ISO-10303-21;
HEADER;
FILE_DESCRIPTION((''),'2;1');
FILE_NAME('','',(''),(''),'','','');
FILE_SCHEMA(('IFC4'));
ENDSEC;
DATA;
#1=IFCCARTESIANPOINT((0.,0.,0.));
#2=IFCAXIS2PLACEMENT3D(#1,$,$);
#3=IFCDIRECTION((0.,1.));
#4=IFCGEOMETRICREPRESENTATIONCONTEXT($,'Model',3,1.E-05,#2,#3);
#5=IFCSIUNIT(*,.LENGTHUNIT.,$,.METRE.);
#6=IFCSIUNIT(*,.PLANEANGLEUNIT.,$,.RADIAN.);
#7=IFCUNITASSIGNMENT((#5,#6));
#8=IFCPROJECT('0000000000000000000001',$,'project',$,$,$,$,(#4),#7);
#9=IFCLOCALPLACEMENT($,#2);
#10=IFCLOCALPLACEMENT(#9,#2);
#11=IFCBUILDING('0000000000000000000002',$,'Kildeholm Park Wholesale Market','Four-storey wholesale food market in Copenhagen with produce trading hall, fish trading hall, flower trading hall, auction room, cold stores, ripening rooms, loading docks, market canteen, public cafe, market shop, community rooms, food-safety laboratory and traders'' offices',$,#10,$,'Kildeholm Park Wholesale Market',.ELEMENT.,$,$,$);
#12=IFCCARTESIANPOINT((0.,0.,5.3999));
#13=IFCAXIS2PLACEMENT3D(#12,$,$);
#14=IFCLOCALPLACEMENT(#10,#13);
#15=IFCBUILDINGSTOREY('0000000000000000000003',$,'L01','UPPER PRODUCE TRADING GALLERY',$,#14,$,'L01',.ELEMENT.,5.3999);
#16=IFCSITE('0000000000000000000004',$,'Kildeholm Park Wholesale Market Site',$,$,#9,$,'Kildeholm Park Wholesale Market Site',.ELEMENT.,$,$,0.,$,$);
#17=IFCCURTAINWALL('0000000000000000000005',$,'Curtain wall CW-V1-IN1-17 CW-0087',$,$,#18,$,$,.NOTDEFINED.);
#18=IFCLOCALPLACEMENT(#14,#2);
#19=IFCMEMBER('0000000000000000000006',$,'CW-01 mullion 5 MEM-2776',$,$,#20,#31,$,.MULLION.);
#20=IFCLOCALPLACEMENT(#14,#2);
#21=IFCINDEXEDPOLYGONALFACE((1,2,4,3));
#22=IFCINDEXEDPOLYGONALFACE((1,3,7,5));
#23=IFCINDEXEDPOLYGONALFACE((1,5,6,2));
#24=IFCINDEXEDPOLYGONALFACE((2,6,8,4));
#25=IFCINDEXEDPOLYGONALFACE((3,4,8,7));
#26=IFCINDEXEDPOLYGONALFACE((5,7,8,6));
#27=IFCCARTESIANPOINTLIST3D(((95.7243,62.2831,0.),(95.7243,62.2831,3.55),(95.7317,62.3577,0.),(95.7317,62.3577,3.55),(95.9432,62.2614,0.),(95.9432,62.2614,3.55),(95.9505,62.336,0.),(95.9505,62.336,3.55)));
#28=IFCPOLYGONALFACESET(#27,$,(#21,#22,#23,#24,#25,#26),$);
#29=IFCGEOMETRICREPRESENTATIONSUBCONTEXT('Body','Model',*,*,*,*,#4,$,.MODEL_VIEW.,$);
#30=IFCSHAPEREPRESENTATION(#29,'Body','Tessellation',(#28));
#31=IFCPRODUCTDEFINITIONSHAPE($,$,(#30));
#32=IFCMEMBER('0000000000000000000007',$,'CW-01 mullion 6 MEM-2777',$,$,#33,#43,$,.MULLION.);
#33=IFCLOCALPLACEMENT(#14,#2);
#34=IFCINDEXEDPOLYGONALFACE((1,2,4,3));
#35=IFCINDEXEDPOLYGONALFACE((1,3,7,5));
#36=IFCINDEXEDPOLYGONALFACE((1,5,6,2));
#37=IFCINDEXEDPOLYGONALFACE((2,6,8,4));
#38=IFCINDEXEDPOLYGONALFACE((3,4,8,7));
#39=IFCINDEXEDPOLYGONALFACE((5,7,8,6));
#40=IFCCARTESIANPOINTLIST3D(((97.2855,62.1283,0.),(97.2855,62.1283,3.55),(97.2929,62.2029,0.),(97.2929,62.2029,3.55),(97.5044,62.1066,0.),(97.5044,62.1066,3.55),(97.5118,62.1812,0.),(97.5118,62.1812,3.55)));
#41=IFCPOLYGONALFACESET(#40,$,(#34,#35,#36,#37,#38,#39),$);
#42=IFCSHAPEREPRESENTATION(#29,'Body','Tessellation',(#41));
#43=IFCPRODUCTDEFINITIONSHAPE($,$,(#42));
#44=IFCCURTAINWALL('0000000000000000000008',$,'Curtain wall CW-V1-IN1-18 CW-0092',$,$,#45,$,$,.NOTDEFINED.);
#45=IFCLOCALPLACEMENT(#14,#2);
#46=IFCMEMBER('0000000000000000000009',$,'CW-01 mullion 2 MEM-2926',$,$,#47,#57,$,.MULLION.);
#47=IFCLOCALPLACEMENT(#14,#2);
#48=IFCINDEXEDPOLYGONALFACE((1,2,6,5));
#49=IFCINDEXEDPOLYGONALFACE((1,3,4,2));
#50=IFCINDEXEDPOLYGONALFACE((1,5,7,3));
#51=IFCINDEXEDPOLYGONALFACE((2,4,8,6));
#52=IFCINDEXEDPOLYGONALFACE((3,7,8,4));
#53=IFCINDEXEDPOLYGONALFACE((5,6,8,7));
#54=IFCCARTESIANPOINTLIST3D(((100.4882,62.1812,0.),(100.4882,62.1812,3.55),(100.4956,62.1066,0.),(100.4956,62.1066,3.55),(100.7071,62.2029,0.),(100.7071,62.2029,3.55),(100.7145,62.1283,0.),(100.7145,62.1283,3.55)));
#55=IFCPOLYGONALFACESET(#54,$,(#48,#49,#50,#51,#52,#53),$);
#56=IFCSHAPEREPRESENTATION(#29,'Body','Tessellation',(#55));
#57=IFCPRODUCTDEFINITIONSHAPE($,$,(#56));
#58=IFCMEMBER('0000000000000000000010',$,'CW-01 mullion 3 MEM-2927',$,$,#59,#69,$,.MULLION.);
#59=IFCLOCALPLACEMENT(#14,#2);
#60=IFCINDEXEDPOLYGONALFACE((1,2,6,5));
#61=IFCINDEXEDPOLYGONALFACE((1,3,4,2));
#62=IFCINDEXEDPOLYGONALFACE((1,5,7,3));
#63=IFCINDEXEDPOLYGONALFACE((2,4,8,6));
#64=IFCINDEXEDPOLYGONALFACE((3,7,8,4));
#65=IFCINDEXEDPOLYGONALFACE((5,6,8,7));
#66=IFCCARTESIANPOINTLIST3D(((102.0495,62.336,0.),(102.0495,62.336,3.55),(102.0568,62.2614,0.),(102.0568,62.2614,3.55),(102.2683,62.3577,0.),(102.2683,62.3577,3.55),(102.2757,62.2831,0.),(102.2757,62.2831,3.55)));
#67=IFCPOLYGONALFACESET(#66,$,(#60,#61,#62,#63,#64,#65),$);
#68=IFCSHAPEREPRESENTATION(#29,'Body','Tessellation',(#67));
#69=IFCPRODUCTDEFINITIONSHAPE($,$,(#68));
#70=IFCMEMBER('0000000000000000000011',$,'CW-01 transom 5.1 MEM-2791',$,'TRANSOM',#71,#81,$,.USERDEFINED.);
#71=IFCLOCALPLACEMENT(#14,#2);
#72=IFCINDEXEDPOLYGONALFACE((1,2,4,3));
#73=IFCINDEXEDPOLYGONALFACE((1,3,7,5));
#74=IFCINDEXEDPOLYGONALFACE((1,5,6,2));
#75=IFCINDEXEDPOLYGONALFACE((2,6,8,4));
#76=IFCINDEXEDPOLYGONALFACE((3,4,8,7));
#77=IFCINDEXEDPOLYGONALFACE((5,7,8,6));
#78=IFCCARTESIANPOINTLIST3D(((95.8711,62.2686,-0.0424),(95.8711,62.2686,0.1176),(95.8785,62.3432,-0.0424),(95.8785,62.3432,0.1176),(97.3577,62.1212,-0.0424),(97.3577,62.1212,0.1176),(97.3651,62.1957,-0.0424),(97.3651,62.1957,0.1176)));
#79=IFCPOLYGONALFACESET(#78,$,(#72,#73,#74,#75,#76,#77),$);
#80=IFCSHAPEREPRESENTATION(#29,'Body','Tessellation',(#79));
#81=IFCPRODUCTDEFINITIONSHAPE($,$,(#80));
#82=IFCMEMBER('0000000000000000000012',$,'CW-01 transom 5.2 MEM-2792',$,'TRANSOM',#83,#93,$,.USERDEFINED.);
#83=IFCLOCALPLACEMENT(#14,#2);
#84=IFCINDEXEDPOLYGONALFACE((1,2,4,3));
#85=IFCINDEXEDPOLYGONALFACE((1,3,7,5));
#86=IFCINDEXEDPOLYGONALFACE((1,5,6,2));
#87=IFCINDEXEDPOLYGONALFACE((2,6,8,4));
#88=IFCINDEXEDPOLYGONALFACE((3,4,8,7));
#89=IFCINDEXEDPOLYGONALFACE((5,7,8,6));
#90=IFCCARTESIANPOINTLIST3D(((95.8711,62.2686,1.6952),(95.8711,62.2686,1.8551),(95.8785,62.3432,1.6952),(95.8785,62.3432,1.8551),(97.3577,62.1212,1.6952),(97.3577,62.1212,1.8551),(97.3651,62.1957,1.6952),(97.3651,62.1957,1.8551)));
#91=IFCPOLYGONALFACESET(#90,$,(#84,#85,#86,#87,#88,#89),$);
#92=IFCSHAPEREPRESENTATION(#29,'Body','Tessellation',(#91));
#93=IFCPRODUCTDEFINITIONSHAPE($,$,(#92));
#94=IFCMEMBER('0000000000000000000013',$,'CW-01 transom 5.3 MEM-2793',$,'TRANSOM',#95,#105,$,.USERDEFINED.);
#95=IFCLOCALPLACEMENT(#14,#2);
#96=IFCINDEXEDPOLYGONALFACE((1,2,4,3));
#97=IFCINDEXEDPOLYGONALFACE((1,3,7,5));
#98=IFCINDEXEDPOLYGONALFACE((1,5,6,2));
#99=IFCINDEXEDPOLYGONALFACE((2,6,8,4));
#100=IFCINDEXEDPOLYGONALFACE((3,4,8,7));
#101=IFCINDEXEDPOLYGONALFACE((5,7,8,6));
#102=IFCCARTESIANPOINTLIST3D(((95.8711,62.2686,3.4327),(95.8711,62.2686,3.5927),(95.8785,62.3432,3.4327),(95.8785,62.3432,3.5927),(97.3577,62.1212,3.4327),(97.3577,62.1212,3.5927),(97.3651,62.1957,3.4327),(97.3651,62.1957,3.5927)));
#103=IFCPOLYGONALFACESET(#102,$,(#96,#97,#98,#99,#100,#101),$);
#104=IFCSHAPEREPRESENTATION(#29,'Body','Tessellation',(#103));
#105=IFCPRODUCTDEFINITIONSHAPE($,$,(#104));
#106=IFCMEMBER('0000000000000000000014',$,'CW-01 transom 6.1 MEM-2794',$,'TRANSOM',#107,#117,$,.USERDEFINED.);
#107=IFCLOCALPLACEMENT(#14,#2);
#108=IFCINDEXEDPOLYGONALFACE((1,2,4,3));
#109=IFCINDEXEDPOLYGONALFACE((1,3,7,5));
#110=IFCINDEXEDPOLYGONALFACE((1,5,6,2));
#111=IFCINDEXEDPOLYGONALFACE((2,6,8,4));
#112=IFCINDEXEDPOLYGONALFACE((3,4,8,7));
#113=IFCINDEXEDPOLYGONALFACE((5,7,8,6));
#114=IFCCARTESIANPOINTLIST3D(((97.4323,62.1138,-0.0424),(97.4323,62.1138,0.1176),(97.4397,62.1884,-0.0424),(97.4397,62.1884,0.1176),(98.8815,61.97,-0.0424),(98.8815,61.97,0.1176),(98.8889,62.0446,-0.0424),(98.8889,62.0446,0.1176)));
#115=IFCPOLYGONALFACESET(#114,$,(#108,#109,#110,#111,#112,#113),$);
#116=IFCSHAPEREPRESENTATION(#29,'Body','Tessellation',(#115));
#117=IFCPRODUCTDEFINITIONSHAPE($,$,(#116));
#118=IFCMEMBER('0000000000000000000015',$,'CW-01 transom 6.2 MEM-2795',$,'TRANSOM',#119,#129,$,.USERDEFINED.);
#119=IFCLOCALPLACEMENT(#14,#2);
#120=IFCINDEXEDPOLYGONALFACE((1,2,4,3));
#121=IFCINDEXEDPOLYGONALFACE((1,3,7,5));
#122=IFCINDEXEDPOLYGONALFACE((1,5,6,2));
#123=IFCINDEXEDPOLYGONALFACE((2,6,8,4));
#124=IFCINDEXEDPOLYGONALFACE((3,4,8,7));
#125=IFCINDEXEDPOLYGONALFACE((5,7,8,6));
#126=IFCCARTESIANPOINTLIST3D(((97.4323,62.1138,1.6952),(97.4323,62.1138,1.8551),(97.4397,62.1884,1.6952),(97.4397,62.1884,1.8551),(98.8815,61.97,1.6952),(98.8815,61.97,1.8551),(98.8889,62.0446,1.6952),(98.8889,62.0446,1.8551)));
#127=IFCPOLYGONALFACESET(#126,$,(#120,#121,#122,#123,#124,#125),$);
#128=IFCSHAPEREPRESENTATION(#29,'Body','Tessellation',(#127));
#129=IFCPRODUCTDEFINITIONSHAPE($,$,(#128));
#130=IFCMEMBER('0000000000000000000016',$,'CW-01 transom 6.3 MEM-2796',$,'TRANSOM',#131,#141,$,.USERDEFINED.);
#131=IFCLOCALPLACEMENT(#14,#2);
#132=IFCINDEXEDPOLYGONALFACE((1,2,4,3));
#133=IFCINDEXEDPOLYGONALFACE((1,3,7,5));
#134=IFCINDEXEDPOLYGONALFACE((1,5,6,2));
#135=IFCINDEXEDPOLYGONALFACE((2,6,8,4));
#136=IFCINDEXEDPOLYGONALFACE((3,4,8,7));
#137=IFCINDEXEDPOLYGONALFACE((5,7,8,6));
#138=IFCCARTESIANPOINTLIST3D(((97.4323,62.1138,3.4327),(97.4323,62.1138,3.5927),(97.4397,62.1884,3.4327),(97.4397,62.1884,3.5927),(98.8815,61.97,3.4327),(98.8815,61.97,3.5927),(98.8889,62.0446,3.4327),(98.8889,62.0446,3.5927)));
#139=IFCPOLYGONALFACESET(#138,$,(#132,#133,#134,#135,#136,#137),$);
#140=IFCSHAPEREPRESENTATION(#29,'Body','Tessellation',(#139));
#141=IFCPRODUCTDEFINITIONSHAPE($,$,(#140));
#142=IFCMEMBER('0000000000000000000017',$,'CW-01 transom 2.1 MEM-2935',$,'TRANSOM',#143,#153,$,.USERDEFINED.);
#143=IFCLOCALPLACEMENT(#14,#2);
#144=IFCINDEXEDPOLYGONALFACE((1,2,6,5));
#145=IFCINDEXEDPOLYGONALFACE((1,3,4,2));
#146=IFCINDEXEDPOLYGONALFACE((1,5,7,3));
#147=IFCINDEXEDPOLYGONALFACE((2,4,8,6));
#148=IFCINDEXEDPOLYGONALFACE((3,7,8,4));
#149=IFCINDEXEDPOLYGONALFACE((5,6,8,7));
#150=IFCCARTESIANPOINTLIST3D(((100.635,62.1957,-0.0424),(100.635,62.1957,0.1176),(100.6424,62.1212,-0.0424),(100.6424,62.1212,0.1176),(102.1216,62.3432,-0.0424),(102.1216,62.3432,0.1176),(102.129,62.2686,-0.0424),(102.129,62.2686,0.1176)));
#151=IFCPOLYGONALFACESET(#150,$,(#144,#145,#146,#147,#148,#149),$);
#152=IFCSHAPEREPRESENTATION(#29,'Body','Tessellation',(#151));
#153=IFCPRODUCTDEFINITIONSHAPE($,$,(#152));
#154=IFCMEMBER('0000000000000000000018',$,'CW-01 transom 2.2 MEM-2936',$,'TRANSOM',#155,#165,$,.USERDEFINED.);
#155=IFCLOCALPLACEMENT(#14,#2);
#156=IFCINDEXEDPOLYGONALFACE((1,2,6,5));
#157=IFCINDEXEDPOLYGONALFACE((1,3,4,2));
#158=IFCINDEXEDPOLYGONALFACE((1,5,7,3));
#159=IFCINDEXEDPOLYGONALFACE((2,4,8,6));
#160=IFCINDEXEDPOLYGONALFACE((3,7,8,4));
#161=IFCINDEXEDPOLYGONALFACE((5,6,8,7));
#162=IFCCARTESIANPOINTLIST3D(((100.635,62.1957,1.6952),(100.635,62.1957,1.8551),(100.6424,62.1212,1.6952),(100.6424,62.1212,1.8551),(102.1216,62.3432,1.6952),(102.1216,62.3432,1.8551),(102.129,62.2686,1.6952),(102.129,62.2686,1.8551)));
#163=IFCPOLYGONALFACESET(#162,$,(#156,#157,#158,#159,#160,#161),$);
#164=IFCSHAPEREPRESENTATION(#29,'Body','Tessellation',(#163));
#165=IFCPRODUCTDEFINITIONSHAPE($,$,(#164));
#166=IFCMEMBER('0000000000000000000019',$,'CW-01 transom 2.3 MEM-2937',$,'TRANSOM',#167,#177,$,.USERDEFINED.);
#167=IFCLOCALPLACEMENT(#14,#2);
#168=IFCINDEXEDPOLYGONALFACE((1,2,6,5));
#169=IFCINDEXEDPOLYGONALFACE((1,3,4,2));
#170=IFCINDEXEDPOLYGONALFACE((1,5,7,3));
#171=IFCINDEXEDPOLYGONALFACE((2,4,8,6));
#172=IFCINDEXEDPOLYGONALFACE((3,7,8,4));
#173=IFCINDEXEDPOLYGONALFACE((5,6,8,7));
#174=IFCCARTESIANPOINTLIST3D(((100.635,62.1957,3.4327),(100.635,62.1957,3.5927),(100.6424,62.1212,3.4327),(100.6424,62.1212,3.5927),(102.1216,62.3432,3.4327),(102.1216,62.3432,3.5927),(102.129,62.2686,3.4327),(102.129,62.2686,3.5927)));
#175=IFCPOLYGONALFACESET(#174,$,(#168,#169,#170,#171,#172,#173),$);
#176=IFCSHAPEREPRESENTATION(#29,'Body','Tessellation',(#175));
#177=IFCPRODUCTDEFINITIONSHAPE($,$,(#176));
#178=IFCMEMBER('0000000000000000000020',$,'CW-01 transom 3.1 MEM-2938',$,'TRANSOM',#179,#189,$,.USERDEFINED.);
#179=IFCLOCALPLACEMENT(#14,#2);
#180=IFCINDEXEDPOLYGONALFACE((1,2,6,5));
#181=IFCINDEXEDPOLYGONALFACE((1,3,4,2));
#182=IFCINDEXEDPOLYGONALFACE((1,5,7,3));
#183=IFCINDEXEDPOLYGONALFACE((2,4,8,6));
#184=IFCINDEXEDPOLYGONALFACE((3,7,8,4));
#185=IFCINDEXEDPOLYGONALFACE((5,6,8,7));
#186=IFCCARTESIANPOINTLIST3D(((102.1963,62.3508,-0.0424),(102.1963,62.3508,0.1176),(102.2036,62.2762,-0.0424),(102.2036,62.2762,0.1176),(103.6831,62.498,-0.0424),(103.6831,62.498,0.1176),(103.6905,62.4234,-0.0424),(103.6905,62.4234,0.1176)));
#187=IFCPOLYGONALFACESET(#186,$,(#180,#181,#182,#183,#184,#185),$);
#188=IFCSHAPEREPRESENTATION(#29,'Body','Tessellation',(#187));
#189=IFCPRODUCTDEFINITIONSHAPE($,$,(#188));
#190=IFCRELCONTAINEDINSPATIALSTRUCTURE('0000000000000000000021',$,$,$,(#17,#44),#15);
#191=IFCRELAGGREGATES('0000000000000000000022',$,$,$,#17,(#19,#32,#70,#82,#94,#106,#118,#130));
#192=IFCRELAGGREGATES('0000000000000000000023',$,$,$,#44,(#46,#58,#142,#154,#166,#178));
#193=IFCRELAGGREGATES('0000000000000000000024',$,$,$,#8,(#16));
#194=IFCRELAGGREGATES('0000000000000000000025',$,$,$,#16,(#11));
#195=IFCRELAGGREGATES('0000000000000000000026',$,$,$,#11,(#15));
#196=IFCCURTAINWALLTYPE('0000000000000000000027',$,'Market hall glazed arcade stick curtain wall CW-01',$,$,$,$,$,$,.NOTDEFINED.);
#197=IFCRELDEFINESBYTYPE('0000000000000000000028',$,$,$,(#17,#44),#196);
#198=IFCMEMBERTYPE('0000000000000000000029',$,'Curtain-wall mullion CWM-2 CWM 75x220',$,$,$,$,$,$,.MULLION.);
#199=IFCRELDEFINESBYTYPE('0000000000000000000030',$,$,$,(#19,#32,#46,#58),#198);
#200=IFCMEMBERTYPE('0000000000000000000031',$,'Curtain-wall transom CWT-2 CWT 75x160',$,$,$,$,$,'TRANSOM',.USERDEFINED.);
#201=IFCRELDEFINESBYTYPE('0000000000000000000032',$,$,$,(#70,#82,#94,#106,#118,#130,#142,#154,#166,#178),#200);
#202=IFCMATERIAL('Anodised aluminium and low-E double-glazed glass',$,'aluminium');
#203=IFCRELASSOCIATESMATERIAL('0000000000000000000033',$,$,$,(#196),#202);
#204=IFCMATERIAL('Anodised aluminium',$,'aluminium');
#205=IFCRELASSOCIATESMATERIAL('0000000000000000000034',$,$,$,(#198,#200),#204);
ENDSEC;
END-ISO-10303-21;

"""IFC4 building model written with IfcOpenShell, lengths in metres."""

from ifc_helpers import new_model, si_unit, direction, frame, origin, origin_2d, place, context, subcontext, project, spatial, rectangle, extrude, material, material_profile, profile_set, type_object, element, aggregate, save


model = new_model("IFC4")

# Units and contexts
model_context = context("Model", 3, precision=1e-05, world=origin(), true_north=direction((0.0, 1.0)))
body_context = subcontext(model_context, "Body", "Model", "MODEL_VIEW")
ifc_project = project(units=[si_unit("LENGTHUNIT", "METRE"), si_unit("PLANEANGLEUNIT", "RADIAN")], contexts=[model_context])

# Site, building, storey
site_placement = place(None, origin())
site = spatial("IfcSite", under=ifc_project, at=site_placement, Name="Kildeholm Park Wholesale Market Site", LongName="Kildeholm Park Wholesale Market Site", CompositionType="ELEMENT", RefElevation=0.0)
building_placement = place(site_placement, origin())
building = spatial("IfcBuilding", under=site, at=building_placement, Name="Kildeholm Park Wholesale Market", Description="Four-storey wholesale food market in Copenhagen with produce trading hall, fish trading hall, flower trading hall, auction room, cold stores, ripening rooms, loading docks, market canteen, public cafe, market shop, community rooms, food-safety laboratory and traders' offices", LongName="Kildeholm Park Wholesale Market", CompositionType="ELEMENT")
storey_placement = place(building_placement, frame((0.0, 0.0, 5.3999)))
storey = spatial("IfcBuildingStorey", under=building, at=storey_placement, Name="L01", Description="UPPER PRODUCE TRADING GALLERY", LongName="L01", CompositionType="ELEMENT", Elevation=5.3999)

# Curtain walls, members
ifc_material_1 = material(Name="Anodised aluminium and low-E double-glazed glass", Category="aluminium")
curtain_wall_type = type_object("IfcCurtainWallType", Name="Market hall glazed arcade stick curtain wall CW-01", PredefinedType="NOTDEFINED", material=ifc_material_1)
curtain_wall_1_placement = place(storey_placement, origin())
curtain_wall_1 = element("IfcCurtainWall", 1, at=curtain_wall_1_placement, inside=storey, type_object=curtain_wall_type, Name="Curtain wall CW-V1-IN1-17 CW-0087", PredefinedType="NOTDEFINED")
ifc_material_2 = material(Name="Anodised aluminium", Category="aluminium")
ifc_material_profile_1 = material_profile(ifc_material_2, rectangle(XDim=0.075, YDim=0.22, at=origin_2d()), Name="CWM 75x220")
ifc_profile_set_1 = profile_set([ifc_material_profile_1], Name="Anodised aluminium")
member_type_1 = type_object("IfcMemberType", Name="Curtain-wall mullion CWM-2 CWM 75x220", PredefinedType="MULLION", material=ifc_profile_set_1)
member_1_placement = place(storey_placement, frame((95.8374, 62.3096, 0.0), z_axis=(0.0, 0.0, 1.0), x_axis=(0.098683, 0.995119, 0.0)))
member_1 = element("IfcMember", 2, at=member_1_placement, type_object=member_type_1, Name="CW-01 mullion 5 MEM-2776", PredefinedType="MULLION", context=body_context, shape_type="SweptSolid", body=[
    extrude(rectangle(XDim=0.075, YDim=0.22, at=origin_2d()), origin(), (0.0, 0.0, 1.0), 3.55),
])
member_2_placement = place(storey_placement, frame((97.3987, 62.1548, 0.0), z_axis=(0.0, 0.0, 1.0), x_axis=(0.098683, 0.995119, 0.0)))
member_2 = element("IfcMember", 3, at=member_2_placement, type_object=member_type_1, Name="CW-01 mullion 6 MEM-2777", PredefinedType="MULLION", context=body_context, shape_type="SweptSolid", body=[
    extrude(rectangle(XDim=0.075, YDim=0.22, at=origin_2d()), origin(), (0.0, 0.0, 1.0), 3.55),
])
curtain_wall_2_placement = place(storey_placement, origin())
curtain_wall_2 = element("IfcCurtainWall", 4, at=curtain_wall_2_placement, inside=storey, type_object=curtain_wall_type, Name="Curtain wall CW-V1-IN1-18 CW-0092", PredefinedType="NOTDEFINED")
member_3_placement = place(storey_placement, frame((100.6013, 62.1548, 0.0), z_axis=(0.0, 0.0, 1.0), x_axis=(-0.098683, 0.995119, 0.0)))
member_3 = element("IfcMember", 5, at=member_3_placement, type_object=member_type_1, Name="CW-01 mullion 2 MEM-2926", PredefinedType="MULLION", context=body_context, shape_type="SweptSolid", body=[
    extrude(rectangle(XDim=0.075, YDim=0.22, at=origin_2d()), origin(), (0.0, 0.0, 1.0), 3.55),
])
member_4_placement = place(storey_placement, frame((102.1626, 62.3096, 0.0), z_axis=(0.0, 0.0, 1.0), x_axis=(-0.098683, 0.995119, 0.0)))
member_4 = element("IfcMember", 6, at=member_4_placement, type_object=member_type_1, Name="CW-01 mullion 3 MEM-2927", PredefinedType="MULLION", context=body_context, shape_type="SweptSolid", body=[
    extrude(rectangle(XDim=0.075, YDim=0.22, at=origin_2d()), origin(), (0.0, 0.0, 1.0), 3.55),
])

# Members
ifc_material_profile_2 = material_profile(ifc_material_2, rectangle(XDim=0.075, YDim=0.1599, at=origin_2d()), Name="CWT 75x160")
ifc_profile_set_2 = profile_set([ifc_material_profile_2], Name="Anodised aluminium")
member_type_2 = type_object("IfcMemberType", Name="Curtain-wall transom CWT-2 CWT 75x160", ElementType="TRANSOM", PredefinedType="USERDEFINED", material=ifc_profile_set_2)
member_5_placement = place(storey_placement, frame((95.8748, 62.3059, 0.0376), z_axis=(0.995116, -0.098711, 0.0), x_axis=(0.098711, 0.995116, 0.0)))
member_5 = element("IfcMember", 7, at=member_5_placement, type_object=member_type_2, Name="CW-01 transom 5.1 MEM-2791", ObjectType="TRANSOM", PredefinedType="USERDEFINED", context=body_context, shape_type="SweptSolid", body=[
    extrude(rectangle(XDim=0.075, YDim=0.1599, at=origin_2d()), origin(), (0.0, 0.0, 1.0), 1.4939),
])
member_6_placement = place(storey_placement, frame((95.8748, 62.3059, 1.7751), z_axis=(0.995116, -0.098711, 0.0), x_axis=(0.098711, 0.995116, 0.0)))
member_6 = element("IfcMember", 8, at=member_6_placement, type_object=member_type_2, Name="CW-01 transom 5.2 MEM-2792", ObjectType="TRANSOM", PredefinedType="USERDEFINED", context=body_context, shape_type="SweptSolid", body=[
    extrude(rectangle(XDim=0.075, YDim=0.1599, at=origin_2d()), origin(), (0.0, 0.0, 1.0), 1.4939),
])
member_7_placement = place(storey_placement, frame((95.8748, 62.3059, 3.5127), z_axis=(0.995116, -0.098711, 0.0), x_axis=(0.098711, 0.995116, 0.0)))
member_7 = element("IfcMember", 9, at=member_7_placement, type_object=member_type_2, Name="CW-01 transom 5.3 MEM-2793", ObjectType="TRANSOM", PredefinedType="USERDEFINED", context=body_context, shape_type="SweptSolid", body=[
    extrude(rectangle(XDim=0.075, YDim=0.1599, at=origin_2d()), origin(), (0.0, 0.0, 1.0), 1.4939),
])
member_8_placement = place(storey_placement, frame((97.436, 62.1511, 0.0376), z_axis=(0.995113, -0.09874, 0.0), x_axis=(0.09874, 0.995113, 0.0)))
member_8 = element("IfcMember", 10, at=member_8_placement, type_object=member_type_2, Name="CW-01 transom 6.1 MEM-2794", ObjectType="TRANSOM", PredefinedType="USERDEFINED", context=body_context, shape_type="SweptSolid", body=[
    extrude(rectangle(XDim=0.075, YDim=0.1599, at=origin_2d()), origin(), (0.0, 0.0, 1.0), 1.4563),
])
member_9_placement = place(storey_placement, frame((97.436, 62.1511, 1.7751), z_axis=(0.995113, -0.09874, 0.0), x_axis=(0.09874, 0.995113, 0.0)))
member_9 = element("IfcMember", 11, at=member_9_placement, type_object=member_type_2, Name="CW-01 transom 6.2 MEM-2795", ObjectType="TRANSOM", PredefinedType="USERDEFINED", context=body_context, shape_type="SweptSolid", body=[
    extrude(rectangle(XDim=0.075, YDim=0.1599, at=origin_2d()), origin(), (0.0, 0.0, 1.0), 1.4563),
])
member_10_placement = place(storey_placement, frame((97.436, 62.1511, 3.5127), z_axis=(0.995113, -0.09874, 0.0), x_axis=(0.09874, 0.995113, 0.0)))
member_10 = element("IfcMember", 12, at=member_10_placement, type_object=member_type_2, Name="CW-01 transom 6.3 MEM-2796", ObjectType="TRANSOM", PredefinedType="USERDEFINED", context=body_context, shape_type="SweptSolid", body=[
    extrude(rectangle(XDim=0.075, YDim=0.1599, at=origin_2d()), origin(), (0.0, 0.0, 1.0), 1.4563),
])
member_11_placement = place(storey_placement, frame((100.6387, 62.1584, 0.0376), z_axis=(0.995116, 0.098711, 0.0), x_axis=(-0.098711, 0.995116, 0.0)))
member_11 = element("IfcMember", 13, at=member_11_placement, type_object=member_type_2, Name="CW-01 transom 2.1 MEM-2935", ObjectType="TRANSOM", PredefinedType="USERDEFINED", context=body_context, shape_type="SweptSolid", body=[
    extrude(rectangle(XDim=0.075, YDim=0.1599, at=origin_2d()), origin(), (0.0, 0.0, 1.0), 1.4939),
])
member_12_placement = place(storey_placement, frame((100.6387, 62.1584, 1.7751), z_axis=(0.995116, 0.098711, 0.0), x_axis=(-0.098711, 0.995116, 0.0)))
member_12 = element("IfcMember", 14, at=member_12_placement, type_object=member_type_2, Name="CW-01 transom 2.2 MEM-2936", ObjectType="TRANSOM", PredefinedType="USERDEFINED", context=body_context, shape_type="SweptSolid", body=[
    extrude(rectangle(XDim=0.075, YDim=0.1599, at=origin_2d()), origin(), (0.0, 0.0, 1.0), 1.4939),
])
member_13_placement = place(storey_placement, frame((100.6387, 62.1584, 3.5127), z_axis=(0.995116, 0.098711, 0.0), x_axis=(-0.098711, 0.995116, 0.0)))
member_13 = element("IfcMember", 15, at=member_13_placement, type_object=member_type_2, Name="CW-01 transom 2.3 MEM-2937", ObjectType="TRANSOM", PredefinedType="USERDEFINED", context=body_context, shape_type="SweptSolid", body=[
    extrude(rectangle(XDim=0.075, YDim=0.1599, at=origin_2d()), origin(), (0.0, 0.0, 1.0), 1.4939),
])
member_14_placement = place(storey_placement, frame((102.2, 62.3135, 0.0376), z_axis=(0.995134, 0.098533, 0.0), x_axis=(-0.098533, 0.995134, 0.0)))
member_14 = element("IfcMember", 16, at=member_14_placement, type_object=member_type_2, Name="CW-01 transom 3.1 MEM-2938", ObjectType="TRANSOM", PredefinedType="USERDEFINED", context=body_context, shape_type="SweptSolid", body=[
    extrude(rectangle(XDim=0.075, YDim=0.1599, at=origin_2d()), origin(), (0.0, 0.0, 1.0), 1.4941),
])

aggregate(curtain_wall_1, [member_1, member_2, member_5, member_6, member_7, member_8, member_9, member_10])
aggregate(curtain_wall_2, [member_3, member_4, member_11, member_12, member_13, member_14])

save(model, "model.ifc")
